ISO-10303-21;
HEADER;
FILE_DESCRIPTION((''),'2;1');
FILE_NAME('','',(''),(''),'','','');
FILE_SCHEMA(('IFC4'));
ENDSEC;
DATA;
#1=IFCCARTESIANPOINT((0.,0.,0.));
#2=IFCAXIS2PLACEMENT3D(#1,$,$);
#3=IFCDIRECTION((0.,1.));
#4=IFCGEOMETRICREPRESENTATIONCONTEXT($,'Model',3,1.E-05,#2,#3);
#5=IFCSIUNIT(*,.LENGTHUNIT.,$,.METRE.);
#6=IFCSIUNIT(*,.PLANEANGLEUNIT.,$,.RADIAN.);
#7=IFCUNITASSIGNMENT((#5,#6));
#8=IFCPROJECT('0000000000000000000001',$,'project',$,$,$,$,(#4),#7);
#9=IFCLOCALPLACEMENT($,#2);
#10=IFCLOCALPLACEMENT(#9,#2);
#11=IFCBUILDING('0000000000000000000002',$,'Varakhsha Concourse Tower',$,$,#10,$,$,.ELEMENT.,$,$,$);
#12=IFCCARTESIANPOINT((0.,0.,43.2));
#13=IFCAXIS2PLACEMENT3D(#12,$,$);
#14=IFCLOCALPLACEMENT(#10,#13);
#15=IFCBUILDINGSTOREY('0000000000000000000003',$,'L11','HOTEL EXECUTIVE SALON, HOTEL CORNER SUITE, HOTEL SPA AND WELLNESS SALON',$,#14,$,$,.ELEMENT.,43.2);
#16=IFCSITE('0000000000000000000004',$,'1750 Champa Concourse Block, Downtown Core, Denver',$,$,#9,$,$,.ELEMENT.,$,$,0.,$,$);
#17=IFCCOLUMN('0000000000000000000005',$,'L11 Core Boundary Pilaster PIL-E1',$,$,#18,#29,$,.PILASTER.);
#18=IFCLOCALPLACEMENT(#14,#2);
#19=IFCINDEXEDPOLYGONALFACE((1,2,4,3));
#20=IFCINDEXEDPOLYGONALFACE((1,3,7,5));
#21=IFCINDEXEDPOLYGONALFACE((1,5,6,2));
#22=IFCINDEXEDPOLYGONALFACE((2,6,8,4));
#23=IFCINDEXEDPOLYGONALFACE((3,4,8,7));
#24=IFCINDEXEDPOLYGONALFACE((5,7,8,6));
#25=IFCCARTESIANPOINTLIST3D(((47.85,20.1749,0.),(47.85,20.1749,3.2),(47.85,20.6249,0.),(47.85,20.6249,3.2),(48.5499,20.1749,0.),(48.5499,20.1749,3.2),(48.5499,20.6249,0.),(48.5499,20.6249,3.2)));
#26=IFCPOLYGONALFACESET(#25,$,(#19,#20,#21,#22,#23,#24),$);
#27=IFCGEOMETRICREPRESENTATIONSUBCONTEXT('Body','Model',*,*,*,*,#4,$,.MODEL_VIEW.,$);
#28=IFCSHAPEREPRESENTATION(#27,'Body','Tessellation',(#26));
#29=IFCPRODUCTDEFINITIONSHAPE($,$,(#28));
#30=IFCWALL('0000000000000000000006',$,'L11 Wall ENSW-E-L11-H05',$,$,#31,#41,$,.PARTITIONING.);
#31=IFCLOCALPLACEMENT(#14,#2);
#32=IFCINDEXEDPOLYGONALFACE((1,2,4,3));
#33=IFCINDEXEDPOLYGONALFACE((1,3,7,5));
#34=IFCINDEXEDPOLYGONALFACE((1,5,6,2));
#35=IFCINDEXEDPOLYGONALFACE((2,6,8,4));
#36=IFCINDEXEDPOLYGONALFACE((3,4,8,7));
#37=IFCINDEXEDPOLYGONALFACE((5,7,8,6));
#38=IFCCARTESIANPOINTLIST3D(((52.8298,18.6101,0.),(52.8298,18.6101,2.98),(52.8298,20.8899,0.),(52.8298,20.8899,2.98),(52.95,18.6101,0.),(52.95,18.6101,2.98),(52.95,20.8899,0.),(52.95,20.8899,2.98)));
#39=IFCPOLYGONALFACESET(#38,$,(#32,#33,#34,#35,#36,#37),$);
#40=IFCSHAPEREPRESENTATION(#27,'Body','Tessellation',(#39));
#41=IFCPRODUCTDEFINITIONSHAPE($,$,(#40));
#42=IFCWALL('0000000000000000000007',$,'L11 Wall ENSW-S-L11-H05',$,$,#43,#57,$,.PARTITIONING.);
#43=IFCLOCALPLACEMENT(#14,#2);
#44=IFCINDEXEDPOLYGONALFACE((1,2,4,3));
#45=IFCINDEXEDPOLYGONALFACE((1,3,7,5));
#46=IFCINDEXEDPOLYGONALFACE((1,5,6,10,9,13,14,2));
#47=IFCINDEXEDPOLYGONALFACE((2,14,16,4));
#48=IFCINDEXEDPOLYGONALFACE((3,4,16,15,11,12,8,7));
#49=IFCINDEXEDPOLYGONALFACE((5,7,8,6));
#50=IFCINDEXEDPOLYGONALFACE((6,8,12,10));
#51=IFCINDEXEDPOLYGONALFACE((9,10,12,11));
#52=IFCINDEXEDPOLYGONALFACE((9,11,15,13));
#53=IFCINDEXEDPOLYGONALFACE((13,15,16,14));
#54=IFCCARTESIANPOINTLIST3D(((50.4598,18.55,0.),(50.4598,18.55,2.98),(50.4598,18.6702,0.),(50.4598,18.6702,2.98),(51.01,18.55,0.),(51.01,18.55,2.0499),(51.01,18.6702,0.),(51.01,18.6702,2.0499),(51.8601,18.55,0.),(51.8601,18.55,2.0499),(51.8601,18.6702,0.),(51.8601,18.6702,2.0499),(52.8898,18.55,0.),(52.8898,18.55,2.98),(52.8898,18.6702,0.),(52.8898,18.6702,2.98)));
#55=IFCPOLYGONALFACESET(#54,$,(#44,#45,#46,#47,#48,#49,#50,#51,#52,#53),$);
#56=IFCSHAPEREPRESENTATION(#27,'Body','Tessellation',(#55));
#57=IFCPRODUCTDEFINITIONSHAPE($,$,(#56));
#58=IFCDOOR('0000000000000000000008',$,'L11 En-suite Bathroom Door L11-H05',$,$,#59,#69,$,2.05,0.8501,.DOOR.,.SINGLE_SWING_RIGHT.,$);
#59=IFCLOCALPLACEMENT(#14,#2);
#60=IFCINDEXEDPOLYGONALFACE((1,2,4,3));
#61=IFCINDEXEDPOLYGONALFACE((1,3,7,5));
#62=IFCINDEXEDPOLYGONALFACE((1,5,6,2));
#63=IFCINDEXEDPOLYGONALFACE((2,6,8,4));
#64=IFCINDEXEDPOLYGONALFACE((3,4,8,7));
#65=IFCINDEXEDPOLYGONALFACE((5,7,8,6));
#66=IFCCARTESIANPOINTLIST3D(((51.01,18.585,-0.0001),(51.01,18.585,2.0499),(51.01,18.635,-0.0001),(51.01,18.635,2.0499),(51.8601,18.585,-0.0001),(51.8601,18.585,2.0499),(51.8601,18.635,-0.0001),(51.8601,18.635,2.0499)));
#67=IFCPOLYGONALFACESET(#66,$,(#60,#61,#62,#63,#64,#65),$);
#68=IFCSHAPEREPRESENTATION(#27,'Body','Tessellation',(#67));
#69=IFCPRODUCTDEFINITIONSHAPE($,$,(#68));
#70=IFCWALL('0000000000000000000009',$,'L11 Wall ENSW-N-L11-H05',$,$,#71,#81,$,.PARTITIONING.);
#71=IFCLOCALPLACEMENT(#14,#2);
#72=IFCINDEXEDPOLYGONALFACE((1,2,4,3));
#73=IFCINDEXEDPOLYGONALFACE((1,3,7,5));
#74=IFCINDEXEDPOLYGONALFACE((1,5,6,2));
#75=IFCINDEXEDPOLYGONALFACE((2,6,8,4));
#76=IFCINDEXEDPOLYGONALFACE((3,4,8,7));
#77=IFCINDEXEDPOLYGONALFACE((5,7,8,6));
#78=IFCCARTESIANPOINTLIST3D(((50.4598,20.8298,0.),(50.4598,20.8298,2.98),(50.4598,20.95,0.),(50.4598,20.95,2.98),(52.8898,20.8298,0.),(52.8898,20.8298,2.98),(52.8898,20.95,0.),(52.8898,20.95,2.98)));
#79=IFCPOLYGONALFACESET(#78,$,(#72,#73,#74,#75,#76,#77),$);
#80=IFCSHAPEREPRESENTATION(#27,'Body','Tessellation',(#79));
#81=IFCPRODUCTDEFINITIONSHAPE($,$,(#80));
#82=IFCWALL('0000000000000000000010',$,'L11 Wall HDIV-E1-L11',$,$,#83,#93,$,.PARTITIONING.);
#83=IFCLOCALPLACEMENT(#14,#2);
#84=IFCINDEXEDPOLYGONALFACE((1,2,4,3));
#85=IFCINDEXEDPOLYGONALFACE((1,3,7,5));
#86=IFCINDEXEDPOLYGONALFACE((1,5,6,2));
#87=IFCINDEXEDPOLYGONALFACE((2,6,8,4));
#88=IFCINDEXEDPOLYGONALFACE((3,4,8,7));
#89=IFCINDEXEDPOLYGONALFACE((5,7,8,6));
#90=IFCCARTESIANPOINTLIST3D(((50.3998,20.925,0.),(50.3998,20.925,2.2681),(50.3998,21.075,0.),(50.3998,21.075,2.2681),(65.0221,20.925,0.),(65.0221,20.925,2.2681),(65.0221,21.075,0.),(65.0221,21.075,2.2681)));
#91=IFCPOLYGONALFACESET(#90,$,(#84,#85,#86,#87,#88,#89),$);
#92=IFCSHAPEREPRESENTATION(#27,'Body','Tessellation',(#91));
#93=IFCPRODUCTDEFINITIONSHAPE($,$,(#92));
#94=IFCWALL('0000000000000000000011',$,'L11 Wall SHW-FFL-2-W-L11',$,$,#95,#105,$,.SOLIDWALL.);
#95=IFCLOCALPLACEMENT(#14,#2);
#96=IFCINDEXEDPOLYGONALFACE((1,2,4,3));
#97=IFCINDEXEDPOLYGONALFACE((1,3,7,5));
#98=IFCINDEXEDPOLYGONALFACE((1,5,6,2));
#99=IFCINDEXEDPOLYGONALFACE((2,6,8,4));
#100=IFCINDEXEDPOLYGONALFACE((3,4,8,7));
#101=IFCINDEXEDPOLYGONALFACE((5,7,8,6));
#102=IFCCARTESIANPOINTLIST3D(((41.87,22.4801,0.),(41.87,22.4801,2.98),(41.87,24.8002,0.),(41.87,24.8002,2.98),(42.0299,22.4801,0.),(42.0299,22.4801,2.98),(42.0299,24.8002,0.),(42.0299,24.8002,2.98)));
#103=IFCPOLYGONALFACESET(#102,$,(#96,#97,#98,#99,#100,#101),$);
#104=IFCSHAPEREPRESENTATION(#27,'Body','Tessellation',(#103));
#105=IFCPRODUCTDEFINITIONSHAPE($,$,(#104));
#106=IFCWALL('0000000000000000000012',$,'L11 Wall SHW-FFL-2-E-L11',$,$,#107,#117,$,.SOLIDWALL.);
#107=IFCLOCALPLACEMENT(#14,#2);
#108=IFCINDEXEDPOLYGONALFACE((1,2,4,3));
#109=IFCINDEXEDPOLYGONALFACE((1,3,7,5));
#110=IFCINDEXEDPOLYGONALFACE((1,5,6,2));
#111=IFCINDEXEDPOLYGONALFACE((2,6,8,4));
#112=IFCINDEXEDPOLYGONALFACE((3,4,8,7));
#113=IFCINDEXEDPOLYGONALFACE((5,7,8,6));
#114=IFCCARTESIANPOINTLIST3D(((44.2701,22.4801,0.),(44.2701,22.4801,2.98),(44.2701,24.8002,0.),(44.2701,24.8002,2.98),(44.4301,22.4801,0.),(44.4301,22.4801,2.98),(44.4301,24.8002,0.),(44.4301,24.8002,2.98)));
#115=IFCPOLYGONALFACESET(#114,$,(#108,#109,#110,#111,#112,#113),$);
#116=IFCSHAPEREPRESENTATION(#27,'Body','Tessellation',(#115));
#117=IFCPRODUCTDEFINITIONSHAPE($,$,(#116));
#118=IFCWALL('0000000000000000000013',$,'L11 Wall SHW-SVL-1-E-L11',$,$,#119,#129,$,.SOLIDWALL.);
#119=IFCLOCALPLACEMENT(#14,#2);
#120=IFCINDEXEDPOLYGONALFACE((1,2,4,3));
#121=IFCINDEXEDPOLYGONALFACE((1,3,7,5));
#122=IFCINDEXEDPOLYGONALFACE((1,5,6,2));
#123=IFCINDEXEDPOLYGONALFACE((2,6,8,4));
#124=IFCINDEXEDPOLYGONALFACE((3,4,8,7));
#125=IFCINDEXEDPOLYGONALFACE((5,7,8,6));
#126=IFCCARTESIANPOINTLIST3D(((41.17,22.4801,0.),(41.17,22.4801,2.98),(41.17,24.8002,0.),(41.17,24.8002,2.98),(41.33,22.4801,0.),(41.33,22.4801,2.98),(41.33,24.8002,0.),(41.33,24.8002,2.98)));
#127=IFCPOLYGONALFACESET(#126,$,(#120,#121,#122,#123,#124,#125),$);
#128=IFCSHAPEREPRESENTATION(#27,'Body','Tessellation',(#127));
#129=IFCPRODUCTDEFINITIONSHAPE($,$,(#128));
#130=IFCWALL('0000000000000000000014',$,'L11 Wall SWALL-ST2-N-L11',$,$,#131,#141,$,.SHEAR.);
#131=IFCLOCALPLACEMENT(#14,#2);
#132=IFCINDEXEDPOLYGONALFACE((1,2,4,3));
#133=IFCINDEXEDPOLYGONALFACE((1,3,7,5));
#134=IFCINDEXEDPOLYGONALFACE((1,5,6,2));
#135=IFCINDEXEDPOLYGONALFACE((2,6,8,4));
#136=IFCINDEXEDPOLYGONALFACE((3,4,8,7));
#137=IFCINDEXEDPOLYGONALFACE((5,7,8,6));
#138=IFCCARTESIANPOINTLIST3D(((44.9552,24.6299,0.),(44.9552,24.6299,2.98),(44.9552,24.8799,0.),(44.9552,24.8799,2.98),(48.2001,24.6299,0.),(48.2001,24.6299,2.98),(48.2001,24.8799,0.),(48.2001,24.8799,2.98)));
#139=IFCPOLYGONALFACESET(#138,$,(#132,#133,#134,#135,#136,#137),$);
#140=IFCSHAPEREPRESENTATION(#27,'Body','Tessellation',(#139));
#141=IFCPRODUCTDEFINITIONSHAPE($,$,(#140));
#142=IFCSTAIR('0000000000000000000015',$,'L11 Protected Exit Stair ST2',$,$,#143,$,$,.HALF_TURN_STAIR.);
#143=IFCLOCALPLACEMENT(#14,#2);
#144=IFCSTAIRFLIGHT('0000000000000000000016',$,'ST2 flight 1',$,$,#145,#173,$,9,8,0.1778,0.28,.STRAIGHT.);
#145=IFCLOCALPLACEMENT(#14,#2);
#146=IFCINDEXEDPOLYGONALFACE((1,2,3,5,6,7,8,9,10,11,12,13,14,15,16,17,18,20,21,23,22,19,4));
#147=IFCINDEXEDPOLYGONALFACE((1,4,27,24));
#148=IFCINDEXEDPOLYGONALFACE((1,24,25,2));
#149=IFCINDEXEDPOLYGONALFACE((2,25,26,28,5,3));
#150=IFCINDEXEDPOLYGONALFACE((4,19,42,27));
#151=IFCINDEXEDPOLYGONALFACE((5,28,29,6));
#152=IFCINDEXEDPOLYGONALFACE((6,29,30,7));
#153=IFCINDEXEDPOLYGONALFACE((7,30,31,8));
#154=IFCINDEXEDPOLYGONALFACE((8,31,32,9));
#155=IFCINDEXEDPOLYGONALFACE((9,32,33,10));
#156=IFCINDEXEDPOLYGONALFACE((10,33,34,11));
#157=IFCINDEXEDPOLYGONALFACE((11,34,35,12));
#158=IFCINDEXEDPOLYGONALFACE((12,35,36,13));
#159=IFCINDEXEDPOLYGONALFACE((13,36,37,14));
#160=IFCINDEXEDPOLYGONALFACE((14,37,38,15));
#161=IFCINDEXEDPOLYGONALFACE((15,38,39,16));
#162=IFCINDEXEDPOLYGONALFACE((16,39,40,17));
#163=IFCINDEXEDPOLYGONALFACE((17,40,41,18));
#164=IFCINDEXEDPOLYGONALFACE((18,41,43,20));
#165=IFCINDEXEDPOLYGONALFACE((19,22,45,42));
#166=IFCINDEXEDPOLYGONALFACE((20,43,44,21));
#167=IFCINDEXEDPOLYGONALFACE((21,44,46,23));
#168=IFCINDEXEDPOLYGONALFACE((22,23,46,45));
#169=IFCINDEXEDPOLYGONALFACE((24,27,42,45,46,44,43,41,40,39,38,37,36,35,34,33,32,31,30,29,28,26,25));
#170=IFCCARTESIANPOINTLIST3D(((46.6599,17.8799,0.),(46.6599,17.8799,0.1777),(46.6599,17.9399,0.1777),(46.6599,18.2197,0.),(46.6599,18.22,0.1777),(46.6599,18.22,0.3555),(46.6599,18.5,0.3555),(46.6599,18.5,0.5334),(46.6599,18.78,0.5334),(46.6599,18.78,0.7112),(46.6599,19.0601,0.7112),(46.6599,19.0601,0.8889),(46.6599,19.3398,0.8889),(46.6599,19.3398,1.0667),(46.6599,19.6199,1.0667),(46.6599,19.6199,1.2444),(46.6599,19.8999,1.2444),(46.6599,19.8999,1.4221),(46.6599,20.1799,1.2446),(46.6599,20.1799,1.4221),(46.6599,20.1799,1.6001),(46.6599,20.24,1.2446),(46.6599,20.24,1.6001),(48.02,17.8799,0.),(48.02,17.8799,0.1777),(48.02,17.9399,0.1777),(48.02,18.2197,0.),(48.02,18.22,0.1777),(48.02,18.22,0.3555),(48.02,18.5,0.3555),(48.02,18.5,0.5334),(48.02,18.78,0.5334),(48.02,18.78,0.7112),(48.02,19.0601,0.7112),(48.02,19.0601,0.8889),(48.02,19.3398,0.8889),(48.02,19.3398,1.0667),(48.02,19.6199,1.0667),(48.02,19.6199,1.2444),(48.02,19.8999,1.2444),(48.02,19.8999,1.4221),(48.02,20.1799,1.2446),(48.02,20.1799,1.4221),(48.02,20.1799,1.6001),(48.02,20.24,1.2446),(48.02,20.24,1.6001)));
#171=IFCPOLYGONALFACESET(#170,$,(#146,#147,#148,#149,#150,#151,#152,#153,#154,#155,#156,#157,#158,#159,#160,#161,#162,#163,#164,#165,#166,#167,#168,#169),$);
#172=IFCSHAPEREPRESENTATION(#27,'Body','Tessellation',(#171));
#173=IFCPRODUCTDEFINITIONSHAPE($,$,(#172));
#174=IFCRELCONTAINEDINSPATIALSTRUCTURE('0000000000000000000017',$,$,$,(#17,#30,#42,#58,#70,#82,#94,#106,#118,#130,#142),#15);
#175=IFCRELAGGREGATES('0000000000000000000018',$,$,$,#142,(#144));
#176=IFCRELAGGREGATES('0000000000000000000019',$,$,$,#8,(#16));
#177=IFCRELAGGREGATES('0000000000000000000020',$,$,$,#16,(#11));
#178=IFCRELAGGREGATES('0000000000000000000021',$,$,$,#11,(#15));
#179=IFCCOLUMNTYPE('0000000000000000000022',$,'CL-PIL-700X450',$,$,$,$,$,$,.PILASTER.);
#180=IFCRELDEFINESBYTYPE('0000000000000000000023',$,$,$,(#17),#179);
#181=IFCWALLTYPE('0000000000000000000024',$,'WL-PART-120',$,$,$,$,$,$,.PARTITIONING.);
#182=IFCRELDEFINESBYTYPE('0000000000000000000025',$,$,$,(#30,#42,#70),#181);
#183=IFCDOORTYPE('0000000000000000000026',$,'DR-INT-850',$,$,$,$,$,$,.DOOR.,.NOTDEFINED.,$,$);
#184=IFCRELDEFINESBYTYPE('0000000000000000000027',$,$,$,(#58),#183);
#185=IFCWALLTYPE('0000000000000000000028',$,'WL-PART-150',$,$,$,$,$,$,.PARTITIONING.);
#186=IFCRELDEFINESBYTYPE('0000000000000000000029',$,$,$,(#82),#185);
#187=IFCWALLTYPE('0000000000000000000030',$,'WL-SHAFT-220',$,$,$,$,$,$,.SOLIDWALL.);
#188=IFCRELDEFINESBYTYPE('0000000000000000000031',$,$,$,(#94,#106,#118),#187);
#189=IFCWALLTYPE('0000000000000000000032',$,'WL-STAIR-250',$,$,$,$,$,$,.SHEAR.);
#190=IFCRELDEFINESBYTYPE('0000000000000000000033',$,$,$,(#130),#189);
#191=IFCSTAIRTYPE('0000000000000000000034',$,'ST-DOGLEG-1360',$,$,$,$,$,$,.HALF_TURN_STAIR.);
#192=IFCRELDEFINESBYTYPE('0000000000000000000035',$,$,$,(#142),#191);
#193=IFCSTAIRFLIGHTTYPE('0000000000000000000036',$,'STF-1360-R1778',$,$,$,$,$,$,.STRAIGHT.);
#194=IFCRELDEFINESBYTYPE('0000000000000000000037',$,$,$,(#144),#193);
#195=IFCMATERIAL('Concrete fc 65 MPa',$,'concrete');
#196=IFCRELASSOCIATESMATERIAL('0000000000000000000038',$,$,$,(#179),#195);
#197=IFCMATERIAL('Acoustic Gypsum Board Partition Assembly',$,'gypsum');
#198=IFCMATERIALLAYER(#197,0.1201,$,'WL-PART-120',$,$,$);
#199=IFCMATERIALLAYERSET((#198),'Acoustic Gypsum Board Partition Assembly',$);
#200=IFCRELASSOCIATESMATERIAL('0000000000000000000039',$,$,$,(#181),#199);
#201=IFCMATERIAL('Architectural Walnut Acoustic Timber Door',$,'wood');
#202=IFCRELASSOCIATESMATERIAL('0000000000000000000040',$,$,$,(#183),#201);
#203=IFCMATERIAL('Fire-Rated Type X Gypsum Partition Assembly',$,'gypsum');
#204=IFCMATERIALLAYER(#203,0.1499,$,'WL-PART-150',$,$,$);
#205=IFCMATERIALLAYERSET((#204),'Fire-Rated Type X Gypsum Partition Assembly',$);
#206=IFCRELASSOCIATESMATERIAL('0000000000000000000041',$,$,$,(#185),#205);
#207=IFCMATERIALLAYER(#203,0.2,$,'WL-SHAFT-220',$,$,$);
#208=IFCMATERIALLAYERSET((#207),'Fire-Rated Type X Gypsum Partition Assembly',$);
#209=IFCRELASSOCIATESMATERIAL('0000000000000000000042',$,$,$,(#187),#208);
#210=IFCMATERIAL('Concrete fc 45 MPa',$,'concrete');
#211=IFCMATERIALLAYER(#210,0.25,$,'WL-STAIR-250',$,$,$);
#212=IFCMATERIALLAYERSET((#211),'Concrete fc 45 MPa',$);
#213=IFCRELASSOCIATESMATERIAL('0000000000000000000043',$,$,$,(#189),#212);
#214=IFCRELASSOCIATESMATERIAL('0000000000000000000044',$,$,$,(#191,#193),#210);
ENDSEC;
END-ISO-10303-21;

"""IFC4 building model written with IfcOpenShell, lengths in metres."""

from ifc_helpers import new_model, si_unit, direction, frame, frame_2d, origin, origin_2d, place, context, subcontext, project, spatial, polyline, rectangle, outline, extrude, material, layer, layer_set, material_profile, profile_set, type_object, element, fill, aggregate, save


model = new_model("IFC4")

# Units and contexts
model_context = context("Model", 3, precision=1e-05, world=origin(), true_north=direction((0.0, 1.0)))
body_context = subcontext(model_context, "Body", "Model", "MODEL_VIEW")
ifc_project = project(units=[si_unit("LENGTHUNIT", "METRE"), si_unit("PLANEANGLEUNIT", "RADIAN")], contexts=[model_context])

# Site, building, storey
site_placement = place(None, origin())
site = spatial("IfcSite", under=ifc_project, at=site_placement, Name="1750 Champa Concourse Block, Downtown Core, Denver", CompositionType="ELEMENT", RefElevation=0.0)
building_placement = place(site_placement, origin())
building = spatial("IfcBuilding", under=site, at=building_placement, Name="Varakhsha Concourse Tower", CompositionType="ELEMENT")
storey_placement = place(building_placement, frame((0.0, 0.0, 43.2)))
storey = spatial("IfcBuildingStorey", under=building, at=storey_placement, Name="L11", Description="HOTEL EXECUTIVE SALON, HOTEL CORNER SUITE, HOTEL SPA AND WELLNESS SALON", CompositionType="ELEMENT", Elevation=43.2)

# Column
ifc_material_1 = material(Name="Concrete fc 65 MPa", Category="concrete")
ifc_material_profile = material_profile(ifc_material_1, rectangle(XDim=0.7, YDim=0.45, at=origin_2d()), Name="RC 700x450")
ifc_profile_set = profile_set([ifc_material_profile], Name="Concrete fc 65 MPa")
column_type = type_object("IfcColumnType", Name="CL-PIL-700X450", PredefinedType="PILASTER", material=ifc_profile_set)
column_placement = place(storey_placement, frame((48.2, 20.3999, 0.0), z_axis=(0.0, 0.0, 1.0), x_axis=(1.0, 0.0, 0.0)))
element("IfcColumn", 1, at=column_placement, inside=storey, type_object=column_type, Name="L11 Core Boundary Pilaster PIL-E1", PredefinedType="PILASTER", context=body_context, shape_type="SweptSolid", body=[
    extrude(rectangle(XDim=0.7, YDim=0.45, at=origin_2d()), origin(), (0.0, 0.0, 1.0), 3.2),
])

# Wall
ifc_material_2 = material(Name="Acoustic Gypsum Board Partition Assembly", Category="gypsum")
ifc_layer_1 = layer(ifc_material_2, 0.1201, Name="WL-PART-120")
ifc_layer_set_1 = layer_set([ifc_layer_1], Name="Acoustic Gypsum Board Partition Assembly")
wall_type_1 = type_object("IfcWallType", Name="WL-PART-120", PredefinedType="PARTITIONING", material=ifc_layer_set_1)
wall_1_placement = place(storey_placement, frame((52.8899, 18.6101, 0.0), z_axis=(0.0, 0.0, 1.0), x_axis=(0.0, 1.0, 0.0)))
element("IfcWall", 2, at=wall_1_placement, inside=storey, type_object=wall_type_1, Name="L11 Wall ENSW-E-L11-H05", PredefinedType="PARTITIONING", context=body_context, shape_type="SweptSolid", body=[
    extrude(rectangle(XDim=2.2798, YDim=0.1201, at=frame_2d((1.1399, 0.0))), origin(), (0.0, 0.0, 1.0), 2.98),
])

# Wall, opening, door
wall_2_placement = place(storey_placement, frame((50.46, 18.6101, 0.0), z_axis=(0.0, 0.0, 1.0), x_axis=(1.0, 0.0, 0.0)))
wall_2 = element("IfcWall", 3, at=wall_2_placement, inside=storey, type_object=wall_type_1, Name="L11 Wall ENSW-S-L11-H05", PredefinedType="PARTITIONING", context=body_context, shape_type="SweptSolid", body=[
    extrude(rectangle(XDim=2.4299, YDim=0.1201, at=frame_2d((1.2148, 0.0))), origin(), (0.0, 0.0, 1.0), 2.98),
])
opening_placement = place(wall_2_placement, frame((0.55, 0.0, 0.0)))
opening = element("IfcOpeningElement", 4, at=opening_placement, cuts=wall_2, PredefinedType="OPENING", context=body_context, shape_type="SweptSolid", body=[
    extrude(rectangle(XDim=0.8501, YDim=2.05, at=frame_2d((0.425, 1.0249))), frame((0.0, 0.0701, 0.0), z_axis=(0.0, -1.0, 0.0), x_axis=(1.0, 0.0, 0.0)), (0.0, 0.0, 1.0), 0.1401),
])
ifc_material_3 = material(Name="Architectural Walnut Acoustic Timber Door", Category="wood")
door_type = type_object("IfcDoorType", Name="DR-INT-850", OperationType="NOTDEFINED", PredefinedType="DOOR", material=ifc_material_3)
door_placement = place(opening_placement, origin())
door = element("IfcDoor", 5, at=door_placement, inside=storey, type_object=door_type, Name="L11 En-suite Bathroom Door L11-H05", OperationType="SINGLE_SWING_RIGHT", OverallHeight=2.05, OverallWidth=0.8501, PredefinedType="DOOR", context=body_context, shape_type="SweptSolid", body=[
    extrude(rectangle(XDim=0.8501, YDim=2.05, at=frame_2d((0.425, 1.0249))), frame((0.0, 0.0249, 0.0), z_axis=(0.0, -1.0, 0.0), x_axis=(1.0, 0.0, 0.0)), (0.0, 0.0, 1.0), 0.05),
])
fill(opening, door)

# Walls
wall_3_placement = place(storey_placement, frame((50.46, 20.8899, 0.0), z_axis=(0.0, 0.0, 1.0), x_axis=(1.0, 0.0, 0.0)))
element("IfcWall", 6, at=wall_3_placement, inside=storey, type_object=wall_type_1, Name="L11 Wall ENSW-N-L11-H05", PredefinedType="PARTITIONING", context=body_context, shape_type="SweptSolid", body=[
    extrude(rectangle(XDim=2.4299, YDim=0.1201, at=frame_2d((1.2148, 0.0))), origin(), (0.0, 0.0, 1.0), 2.98),
])
ifc_material_4 = material(Name="Fire-Rated Type X Gypsum Partition Assembly", Category="gypsum")
ifc_layer_2 = layer(ifc_material_4, 0.1499, Name="WL-PART-150")
ifc_layer_set_2 = layer_set([ifc_layer_2], Name="Fire-Rated Type X Gypsum Partition Assembly")
wall_type_2 = type_object("IfcWallType", Name="WL-PART-150", PredefinedType="PARTITIONING", material=ifc_layer_set_2)
wall_4_placement = place(storey_placement, frame((50.3999, 21.0, 0.0), z_axis=(0.0, 0.0, 1.0), x_axis=(1.0, 0.0, 0.0)))
element("IfcWall", 7, at=wall_4_placement, inside=storey, type_object=wall_type_2, Name="L11 Wall HDIV-E1-L11", PredefinedType="PARTITIONING", context=body_context, shape_type="SweptSolid", body=[
    extrude(rectangle(XDim=14.6223, YDim=0.1499, at=frame_2d((7.311, 0.0))), origin(), (0.0, 0.0, 1.0), 2.2681),
])
ifc_layer_3 = layer(ifc_material_4, 0.2, Name="WL-SHAFT-220")
ifc_layer_set_3 = layer_set([ifc_layer_3], Name="Fire-Rated Type X Gypsum Partition Assembly")
wall_type_3 = type_object("IfcWallType", Name="WL-SHAFT-220", PredefinedType="SOLIDWALL", material=ifc_layer_set_3)
for number, where, z_axis, x_axis, name in (
    (8, (41.95, 22.48, 0.0), (0.0, 0.0, 1.0), (0.0, 1.0, 0.0), "L11 Wall SHW-FFL-2-W-L11"),
    (9, (44.3501, 22.48, 0.0), (0.0, 0.0, 1.0), (0.0, 1.0, 0.0), "L11 Wall SHW-FFL-2-E-L11"),
    (10, (41.25, 22.48, 0.0), (0.0, 0.0, 1.0), (0.0, 1.0, 0.0), "L11 Wall SHW-SVL-1-E-L11"),
):
    element("IfcWall", number, at=place(storey_placement, frame(where, z_axis=z_axis, x_axis=x_axis)), inside=storey, type_object=wall_type_3, Name=name, PredefinedType="SOLIDWALL", context=body_context, shape_type="SweptSolid", body=[
        extrude(rectangle(XDim=2.3201, YDim=0.1599, at=frame_2d((1.1602, 0.0))), origin(), (0.0, 0.0, 1.0), 2.98),
    ])
ifc_material_5 = material(Name="Concrete fc 45 MPa", Category="concrete")
ifc_layer_4 = layer(ifc_material_5, 0.25, Name="WL-STAIR-250")
ifc_layer_set_4 = layer_set([ifc_layer_4], Name="Concrete fc 45 MPa")
wall_type_4 = type_object("IfcWallType", Name="WL-STAIR-250", PredefinedType="SHEAR", material=ifc_layer_set_4)
wall_5_placement = place(storey_placement, frame((44.9551, 24.7549, 0.0), z_axis=(0.0, 0.0, 1.0), x_axis=(1.0, 0.0, 0.0)))
element("IfcWall", 11, at=wall_5_placement, inside=storey, type_object=wall_type_4, Name="L11 Wall SWALL-ST2-N-L11", PredefinedType="SHEAR", context=body_context, shape_type="SweptSolid", body=[
    extrude(rectangle(XDim=3.2449, YDim=0.25, at=frame_2d((1.6226, 0.0))), origin(), (0.0, 0.0, 1.0), 2.98),
])

# Stair, stair flight
stair_type = type_object("IfcStairType", Name="ST-DOGLEG-1360", PredefinedType="HALF_TURN_STAIR", material=ifc_material_5)
stair_placement = place(storey_placement, origin())
stair = element("IfcStair", 12, at=stair_placement, inside=storey, type_object=stair_type, Name="L11 Protected Exit Stair ST2", PredefinedType="HALF_TURN_STAIR")
stair_flight_type = type_object("IfcStairFlightType", Name="STF-1360-R1778", PredefinedType="STRAIGHT", material=ifc_material_5)
stair_flight_1_placement = place(storey_placement, frame((47.3401, 17.9399, 0.0), z_axis=(0.0, 0.0, 1.0), x_axis=(0.0, 1.0, 0.0)))
stair_flight_1 = element("IfcStairFlight", 13, at=stair_flight_1_placement, type_object=stair_flight_type, Name="ST2 flight 1", NumberOfRisers=9, NumberOfTreads=8, PredefinedType="STRAIGHT", RiserHeight=0.1778, TreadLength=0.28, context=body_context, shape_type="SweptSolid", body=[
    extrude(outline(polyline([(-0.0601, 0.0), (-0.0601, 0.1777), (0.0, 0.1777), (0.28, 0.1777), (0.28, 0.3555), (0.5601, 0.3555), (0.5601, 0.5334), (0.8401, 0.5334), (0.8401, 0.7112), (1.1201, 0.7112), (1.1201, 0.8889), (1.3999, 0.8889), (1.3999, 1.0667), (1.6799, 1.0667), (1.6799, 1.2444), (1.96, 1.2444), (1.96, 1.4221), (2.24, 1.4221), (2.24, 1.6001), (2.3, 1.6001), (2.3, 1.2446), (2.24, 1.2446), (0.2798, 0.0), (-0.0601, 0.0)])), frame((0.0, 0.6802, 0.0), z_axis=(0.0, -1.0, 0.0), x_axis=(1.0, 0.0, 0.0)), (0.0, 0.0, 1.0), 1.3601),
])
aggregate(stair, [stair_flight_1])

save(model, "model.ifc")
